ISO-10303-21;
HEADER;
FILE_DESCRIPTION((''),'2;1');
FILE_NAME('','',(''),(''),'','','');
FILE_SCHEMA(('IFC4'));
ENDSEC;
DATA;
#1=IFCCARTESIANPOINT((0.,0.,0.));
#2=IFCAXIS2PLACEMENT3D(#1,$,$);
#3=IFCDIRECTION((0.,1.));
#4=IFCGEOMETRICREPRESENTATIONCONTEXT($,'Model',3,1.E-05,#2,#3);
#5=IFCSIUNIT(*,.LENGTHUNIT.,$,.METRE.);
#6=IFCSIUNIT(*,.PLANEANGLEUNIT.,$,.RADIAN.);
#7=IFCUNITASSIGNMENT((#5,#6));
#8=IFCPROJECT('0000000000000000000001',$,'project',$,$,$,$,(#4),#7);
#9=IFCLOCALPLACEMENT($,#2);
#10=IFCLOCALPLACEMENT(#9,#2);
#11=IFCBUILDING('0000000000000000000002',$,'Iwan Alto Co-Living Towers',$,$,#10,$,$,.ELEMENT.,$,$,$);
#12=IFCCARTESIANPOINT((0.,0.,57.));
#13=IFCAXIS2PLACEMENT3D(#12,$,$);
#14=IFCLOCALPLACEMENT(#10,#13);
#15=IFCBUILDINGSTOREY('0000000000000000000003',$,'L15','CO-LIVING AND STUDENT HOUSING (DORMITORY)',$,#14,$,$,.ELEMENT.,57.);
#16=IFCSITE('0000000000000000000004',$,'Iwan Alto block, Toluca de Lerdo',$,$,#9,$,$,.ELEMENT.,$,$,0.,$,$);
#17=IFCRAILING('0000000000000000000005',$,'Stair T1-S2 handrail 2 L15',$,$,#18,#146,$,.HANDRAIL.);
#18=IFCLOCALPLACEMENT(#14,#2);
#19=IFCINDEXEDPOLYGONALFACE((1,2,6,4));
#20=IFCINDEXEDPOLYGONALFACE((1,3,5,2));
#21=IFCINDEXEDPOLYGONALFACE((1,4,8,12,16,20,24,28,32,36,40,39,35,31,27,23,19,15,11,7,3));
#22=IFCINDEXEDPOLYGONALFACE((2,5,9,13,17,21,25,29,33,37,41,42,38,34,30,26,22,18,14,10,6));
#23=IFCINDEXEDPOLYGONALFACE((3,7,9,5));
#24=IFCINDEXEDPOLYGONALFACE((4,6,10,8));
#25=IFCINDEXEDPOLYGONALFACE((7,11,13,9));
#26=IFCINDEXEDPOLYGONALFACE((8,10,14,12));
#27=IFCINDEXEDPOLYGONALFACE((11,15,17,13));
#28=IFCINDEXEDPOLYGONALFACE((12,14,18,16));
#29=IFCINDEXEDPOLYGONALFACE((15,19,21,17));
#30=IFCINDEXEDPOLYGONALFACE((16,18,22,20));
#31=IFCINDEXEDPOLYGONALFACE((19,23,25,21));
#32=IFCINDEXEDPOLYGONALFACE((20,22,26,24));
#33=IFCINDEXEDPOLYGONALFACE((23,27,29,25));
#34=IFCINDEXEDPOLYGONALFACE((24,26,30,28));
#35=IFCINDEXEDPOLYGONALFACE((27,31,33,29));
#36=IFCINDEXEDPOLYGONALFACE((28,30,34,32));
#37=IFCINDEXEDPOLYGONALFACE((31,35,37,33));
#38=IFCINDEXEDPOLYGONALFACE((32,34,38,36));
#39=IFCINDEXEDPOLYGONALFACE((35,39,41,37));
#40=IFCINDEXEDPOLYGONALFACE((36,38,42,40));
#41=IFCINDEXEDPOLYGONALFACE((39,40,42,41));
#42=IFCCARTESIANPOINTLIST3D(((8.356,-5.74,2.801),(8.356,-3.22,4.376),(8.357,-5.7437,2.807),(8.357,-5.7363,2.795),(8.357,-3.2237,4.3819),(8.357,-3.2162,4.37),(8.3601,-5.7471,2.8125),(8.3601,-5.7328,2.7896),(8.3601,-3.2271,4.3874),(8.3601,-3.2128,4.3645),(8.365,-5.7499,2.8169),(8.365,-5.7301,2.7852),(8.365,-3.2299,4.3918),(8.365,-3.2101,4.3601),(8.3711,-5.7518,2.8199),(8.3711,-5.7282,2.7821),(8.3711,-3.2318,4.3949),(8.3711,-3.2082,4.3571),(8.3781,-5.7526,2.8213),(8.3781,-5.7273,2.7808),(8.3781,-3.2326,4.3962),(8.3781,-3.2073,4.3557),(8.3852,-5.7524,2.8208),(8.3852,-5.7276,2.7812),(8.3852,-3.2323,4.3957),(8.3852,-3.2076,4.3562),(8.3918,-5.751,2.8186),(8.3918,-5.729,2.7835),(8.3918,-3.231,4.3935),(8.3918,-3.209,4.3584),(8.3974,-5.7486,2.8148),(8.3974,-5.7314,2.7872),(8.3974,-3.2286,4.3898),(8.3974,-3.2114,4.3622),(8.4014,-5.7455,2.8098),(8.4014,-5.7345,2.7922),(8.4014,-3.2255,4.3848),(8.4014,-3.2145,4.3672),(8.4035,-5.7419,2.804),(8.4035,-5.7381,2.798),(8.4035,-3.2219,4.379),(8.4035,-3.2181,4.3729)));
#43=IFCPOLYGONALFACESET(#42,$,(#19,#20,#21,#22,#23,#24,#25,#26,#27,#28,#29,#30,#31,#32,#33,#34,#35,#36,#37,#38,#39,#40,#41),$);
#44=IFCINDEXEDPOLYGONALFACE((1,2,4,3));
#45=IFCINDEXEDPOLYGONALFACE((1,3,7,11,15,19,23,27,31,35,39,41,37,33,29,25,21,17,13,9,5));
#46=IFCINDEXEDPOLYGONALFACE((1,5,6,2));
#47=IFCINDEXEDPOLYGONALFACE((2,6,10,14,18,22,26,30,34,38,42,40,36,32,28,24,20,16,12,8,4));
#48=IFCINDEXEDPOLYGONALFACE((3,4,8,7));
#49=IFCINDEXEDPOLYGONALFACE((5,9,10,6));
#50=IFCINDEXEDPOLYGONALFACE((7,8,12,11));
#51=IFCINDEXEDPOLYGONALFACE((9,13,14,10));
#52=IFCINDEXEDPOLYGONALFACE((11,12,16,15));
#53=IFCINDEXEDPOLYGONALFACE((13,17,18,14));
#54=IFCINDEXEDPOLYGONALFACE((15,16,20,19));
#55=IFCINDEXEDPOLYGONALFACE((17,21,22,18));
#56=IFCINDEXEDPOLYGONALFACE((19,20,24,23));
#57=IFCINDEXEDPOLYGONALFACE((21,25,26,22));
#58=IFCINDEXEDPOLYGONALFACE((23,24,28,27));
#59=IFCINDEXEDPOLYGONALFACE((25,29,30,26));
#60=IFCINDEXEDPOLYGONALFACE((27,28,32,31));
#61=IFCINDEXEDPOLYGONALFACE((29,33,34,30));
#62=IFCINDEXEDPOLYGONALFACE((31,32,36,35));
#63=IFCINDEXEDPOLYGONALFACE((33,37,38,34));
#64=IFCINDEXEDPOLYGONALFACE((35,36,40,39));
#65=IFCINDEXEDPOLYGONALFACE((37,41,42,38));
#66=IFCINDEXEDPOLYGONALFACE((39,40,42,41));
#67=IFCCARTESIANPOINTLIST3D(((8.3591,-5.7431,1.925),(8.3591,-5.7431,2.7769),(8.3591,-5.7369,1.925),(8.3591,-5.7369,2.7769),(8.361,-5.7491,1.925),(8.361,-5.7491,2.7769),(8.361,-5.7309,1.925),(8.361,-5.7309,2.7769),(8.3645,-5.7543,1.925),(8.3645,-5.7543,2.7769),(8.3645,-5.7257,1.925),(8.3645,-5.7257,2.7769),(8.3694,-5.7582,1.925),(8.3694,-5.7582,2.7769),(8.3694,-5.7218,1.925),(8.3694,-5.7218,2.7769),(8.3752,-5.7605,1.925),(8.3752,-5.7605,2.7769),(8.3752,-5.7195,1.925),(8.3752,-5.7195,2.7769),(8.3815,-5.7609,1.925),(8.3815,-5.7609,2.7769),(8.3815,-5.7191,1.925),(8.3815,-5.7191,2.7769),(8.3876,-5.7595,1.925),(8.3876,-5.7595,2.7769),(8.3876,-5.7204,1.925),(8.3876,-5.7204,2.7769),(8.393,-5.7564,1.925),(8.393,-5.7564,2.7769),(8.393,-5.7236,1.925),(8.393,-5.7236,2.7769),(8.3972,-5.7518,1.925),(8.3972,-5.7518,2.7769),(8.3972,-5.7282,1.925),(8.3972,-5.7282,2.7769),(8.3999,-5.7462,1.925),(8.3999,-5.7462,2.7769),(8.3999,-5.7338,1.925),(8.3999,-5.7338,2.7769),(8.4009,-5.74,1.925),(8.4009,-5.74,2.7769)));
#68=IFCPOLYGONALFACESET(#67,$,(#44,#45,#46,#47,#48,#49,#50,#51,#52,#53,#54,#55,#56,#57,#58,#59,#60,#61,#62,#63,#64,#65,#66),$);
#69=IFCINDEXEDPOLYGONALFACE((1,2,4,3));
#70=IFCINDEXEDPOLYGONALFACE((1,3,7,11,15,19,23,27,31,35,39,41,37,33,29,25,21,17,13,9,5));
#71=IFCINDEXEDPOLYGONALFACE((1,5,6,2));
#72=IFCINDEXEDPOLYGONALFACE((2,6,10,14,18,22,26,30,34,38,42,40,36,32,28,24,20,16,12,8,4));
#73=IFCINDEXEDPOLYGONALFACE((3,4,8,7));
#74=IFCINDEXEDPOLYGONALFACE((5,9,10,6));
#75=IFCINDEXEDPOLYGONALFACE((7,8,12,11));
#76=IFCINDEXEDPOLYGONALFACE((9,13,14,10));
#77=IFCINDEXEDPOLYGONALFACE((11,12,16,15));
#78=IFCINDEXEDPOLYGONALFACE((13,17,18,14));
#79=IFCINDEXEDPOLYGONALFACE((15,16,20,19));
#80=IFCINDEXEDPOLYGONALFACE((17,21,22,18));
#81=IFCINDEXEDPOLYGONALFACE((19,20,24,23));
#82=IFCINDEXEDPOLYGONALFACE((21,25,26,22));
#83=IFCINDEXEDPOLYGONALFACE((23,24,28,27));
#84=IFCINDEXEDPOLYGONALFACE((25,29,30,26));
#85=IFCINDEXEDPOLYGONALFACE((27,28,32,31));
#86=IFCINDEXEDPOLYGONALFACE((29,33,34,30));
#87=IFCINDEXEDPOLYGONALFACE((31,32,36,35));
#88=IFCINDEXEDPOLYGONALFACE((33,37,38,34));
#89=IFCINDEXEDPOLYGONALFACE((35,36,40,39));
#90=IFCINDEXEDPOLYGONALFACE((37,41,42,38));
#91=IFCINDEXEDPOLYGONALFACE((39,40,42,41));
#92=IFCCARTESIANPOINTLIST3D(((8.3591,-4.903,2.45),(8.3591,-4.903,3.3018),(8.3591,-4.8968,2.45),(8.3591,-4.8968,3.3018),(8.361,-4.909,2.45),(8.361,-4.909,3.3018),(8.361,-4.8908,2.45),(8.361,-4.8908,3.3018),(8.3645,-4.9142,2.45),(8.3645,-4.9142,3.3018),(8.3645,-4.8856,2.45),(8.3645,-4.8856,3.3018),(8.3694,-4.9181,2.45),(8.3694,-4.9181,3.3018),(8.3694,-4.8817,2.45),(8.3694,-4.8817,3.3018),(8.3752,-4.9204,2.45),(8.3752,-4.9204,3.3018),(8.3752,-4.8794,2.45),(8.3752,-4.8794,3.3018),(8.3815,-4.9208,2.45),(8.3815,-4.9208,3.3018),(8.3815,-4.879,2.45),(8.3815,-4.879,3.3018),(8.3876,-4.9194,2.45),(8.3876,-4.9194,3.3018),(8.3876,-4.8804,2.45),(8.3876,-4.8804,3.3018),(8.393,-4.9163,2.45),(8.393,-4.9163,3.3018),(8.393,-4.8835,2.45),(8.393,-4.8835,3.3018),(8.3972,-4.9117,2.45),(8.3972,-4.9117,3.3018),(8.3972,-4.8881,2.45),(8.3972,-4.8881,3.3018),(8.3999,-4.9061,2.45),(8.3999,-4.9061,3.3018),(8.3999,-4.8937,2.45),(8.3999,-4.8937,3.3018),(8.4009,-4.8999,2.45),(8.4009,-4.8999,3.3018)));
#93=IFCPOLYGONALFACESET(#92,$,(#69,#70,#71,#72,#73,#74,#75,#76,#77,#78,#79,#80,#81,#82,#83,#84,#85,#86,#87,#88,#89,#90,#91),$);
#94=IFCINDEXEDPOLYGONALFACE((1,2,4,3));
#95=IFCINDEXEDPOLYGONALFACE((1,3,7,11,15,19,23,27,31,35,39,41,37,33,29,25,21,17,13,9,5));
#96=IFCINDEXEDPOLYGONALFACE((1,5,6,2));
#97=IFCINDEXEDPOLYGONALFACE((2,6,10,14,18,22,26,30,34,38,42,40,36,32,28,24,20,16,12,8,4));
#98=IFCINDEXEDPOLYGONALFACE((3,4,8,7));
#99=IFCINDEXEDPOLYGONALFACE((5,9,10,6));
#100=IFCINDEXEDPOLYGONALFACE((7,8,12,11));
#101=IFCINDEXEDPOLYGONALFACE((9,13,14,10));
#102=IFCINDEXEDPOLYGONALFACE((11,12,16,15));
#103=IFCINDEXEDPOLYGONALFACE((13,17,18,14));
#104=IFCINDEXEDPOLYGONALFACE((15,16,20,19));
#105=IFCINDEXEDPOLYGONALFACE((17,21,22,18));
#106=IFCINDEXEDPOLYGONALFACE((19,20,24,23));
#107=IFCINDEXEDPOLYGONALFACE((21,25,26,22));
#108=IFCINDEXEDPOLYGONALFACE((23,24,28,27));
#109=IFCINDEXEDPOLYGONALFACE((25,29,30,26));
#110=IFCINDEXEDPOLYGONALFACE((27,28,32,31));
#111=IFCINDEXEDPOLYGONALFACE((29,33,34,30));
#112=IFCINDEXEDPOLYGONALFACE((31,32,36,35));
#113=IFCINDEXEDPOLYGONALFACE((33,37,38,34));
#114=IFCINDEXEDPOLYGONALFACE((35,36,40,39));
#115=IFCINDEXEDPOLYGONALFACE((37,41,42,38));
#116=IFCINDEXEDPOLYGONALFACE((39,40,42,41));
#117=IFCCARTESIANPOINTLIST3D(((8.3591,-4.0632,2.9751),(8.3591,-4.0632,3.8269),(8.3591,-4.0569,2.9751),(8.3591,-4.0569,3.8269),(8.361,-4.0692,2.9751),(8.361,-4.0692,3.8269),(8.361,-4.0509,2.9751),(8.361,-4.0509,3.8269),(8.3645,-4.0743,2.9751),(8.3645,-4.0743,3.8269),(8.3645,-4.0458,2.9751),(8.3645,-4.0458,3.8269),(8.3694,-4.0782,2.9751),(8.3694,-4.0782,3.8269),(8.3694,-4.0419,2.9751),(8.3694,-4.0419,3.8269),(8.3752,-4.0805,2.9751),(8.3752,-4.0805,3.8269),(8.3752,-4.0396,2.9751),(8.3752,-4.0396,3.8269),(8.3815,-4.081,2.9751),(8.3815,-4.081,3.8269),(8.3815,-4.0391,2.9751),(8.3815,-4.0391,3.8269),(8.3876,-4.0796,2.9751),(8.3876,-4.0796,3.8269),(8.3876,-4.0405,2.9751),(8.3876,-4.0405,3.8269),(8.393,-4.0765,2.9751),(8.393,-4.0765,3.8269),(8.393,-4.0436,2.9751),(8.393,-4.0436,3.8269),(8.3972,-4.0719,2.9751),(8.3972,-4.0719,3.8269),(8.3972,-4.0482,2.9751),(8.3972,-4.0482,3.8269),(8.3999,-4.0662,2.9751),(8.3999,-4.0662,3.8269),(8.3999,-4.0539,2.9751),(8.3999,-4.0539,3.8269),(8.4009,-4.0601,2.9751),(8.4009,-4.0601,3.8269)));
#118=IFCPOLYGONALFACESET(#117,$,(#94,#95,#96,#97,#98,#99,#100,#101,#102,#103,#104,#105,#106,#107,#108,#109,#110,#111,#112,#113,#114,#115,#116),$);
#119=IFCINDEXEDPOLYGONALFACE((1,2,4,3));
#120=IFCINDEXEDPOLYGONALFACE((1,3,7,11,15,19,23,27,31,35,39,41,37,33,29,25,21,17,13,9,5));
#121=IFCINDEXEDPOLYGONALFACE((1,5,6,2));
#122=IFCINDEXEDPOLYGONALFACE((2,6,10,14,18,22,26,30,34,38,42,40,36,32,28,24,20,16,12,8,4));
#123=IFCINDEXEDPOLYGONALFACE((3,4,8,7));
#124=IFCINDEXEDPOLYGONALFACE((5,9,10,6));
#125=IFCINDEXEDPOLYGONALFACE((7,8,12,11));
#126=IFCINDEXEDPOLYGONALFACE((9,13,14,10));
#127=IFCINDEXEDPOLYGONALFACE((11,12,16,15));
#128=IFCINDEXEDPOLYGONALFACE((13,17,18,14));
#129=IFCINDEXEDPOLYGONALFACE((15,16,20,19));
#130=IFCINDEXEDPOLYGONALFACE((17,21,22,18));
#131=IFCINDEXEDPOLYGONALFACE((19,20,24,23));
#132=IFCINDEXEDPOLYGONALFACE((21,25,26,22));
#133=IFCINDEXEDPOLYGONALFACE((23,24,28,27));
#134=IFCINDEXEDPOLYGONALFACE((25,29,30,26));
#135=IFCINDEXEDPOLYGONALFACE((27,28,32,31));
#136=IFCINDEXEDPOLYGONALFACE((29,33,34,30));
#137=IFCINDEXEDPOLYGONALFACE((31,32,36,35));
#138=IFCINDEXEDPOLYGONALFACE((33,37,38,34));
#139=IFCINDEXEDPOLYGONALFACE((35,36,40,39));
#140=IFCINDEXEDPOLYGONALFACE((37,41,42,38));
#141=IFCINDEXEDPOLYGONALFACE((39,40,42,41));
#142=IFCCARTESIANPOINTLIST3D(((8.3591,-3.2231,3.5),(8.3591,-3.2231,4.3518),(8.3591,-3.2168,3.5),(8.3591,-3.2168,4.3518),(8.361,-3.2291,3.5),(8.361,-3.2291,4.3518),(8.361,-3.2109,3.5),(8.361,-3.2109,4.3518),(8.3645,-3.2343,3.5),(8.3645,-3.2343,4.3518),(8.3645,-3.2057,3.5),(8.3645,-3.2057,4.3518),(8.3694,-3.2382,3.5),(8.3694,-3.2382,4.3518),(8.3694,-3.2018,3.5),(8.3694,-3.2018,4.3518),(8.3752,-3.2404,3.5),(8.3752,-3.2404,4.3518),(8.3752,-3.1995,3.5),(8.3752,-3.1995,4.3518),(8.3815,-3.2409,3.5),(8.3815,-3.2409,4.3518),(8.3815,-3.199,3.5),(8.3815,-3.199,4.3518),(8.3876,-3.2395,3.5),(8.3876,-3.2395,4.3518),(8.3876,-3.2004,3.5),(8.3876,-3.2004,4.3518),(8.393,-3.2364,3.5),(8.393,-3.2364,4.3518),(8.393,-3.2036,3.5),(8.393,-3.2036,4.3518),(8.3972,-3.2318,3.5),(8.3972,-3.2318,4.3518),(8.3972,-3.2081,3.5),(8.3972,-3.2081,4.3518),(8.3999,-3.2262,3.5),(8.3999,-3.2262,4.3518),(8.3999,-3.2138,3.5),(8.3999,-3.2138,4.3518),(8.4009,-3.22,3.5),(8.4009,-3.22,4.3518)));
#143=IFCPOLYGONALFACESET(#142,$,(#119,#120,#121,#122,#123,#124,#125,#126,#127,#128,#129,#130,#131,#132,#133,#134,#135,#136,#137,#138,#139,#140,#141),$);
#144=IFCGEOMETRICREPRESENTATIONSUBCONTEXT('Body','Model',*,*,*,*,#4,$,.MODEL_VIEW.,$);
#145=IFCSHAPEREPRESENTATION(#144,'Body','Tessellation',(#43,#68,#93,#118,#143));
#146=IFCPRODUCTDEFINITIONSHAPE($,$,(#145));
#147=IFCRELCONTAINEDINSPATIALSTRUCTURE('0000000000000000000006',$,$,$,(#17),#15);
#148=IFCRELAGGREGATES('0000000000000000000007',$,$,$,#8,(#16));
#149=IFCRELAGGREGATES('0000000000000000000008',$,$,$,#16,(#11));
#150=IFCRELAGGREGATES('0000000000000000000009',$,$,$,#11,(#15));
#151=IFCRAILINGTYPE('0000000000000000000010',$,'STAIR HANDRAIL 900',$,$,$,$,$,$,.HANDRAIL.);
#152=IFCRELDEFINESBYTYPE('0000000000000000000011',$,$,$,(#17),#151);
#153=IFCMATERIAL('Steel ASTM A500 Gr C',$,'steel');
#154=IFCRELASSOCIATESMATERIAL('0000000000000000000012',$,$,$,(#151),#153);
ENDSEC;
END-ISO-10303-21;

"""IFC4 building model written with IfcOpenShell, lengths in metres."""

from ifc_helpers import new_model, si_unit, direction, frame, origin, origin_2d, place, context, subcontext, project, spatial, circle, extrude, material, type_object, element, save


model = new_model("IFC4")

# Units and contexts
model_context = context("Model", 3, precision=1e-05, world=origin(), true_north=direction((0.0, 1.0)))
body_context = subcontext(model_context, "Body", "Model", "MODEL_VIEW")
ifc_project = project(units=[si_unit("LENGTHUNIT", "METRE"), si_unit("PLANEANGLEUNIT", "RADIAN")], contexts=[model_context])

# Site, building, storey
site_placement = place(None, origin())
site = spatial("IfcSite", under=ifc_project, at=site_placement, Name="Iwan Alto block, Toluca de Lerdo", CompositionType="ELEMENT", RefElevation=0.0)
building_placement = place(site_placement, origin())
building = spatial("IfcBuilding", under=site, at=building_placement, Name="Iwan Alto Co-Living Towers", CompositionType="ELEMENT")
storey_placement = place(building_placement, frame((0.0, 0.0, 57.0)))
storey = spatial("IfcBuildingStorey", under=building, at=storey_placement, Name="L15", Description="CO-LIVING AND STUDENT HOUSING (DORMITORY)", CompositionType="ELEMENT", Elevation=57.0)

# Railing
ifc_material_1 = material(Name="Steel ASTM A500 Gr C", Category="steel")
railing_type_1 = type_object("IfcRailingType", Name="STAIR HANDRAIL 900", PredefinedType="HANDRAIL", material=ifc_material_1)
railing_1_placement = place(storey_placement, frame((8.3799, -5.74, 1.925)))
element("IfcRailing", 1, at=railing_1_placement, inside=storey, type_object=railing_type_1, Name="Stair T1-S2 handrail 2 L15", PredefinedType="HANDRAIL", context=body_context, shape_type="SweptSolid", body=[
    extrude(circle(Radius=0.0239, at=origin_2d()), frame((0.0, 0.0, 0.876), z_axis=(0.0, 0.848008, 0.529984), x_axis=(-1.0, 0.0, 0.0)), (0.0, 0.0, 1.0), 2.9717),
    extrude(circle(Radius=0.021, at=origin_2d()), origin(), (0.0, 0.0, 1.0), 0.8518),
    extrude(circle(Radius=0.021, at=origin_2d()), frame((0.0, 0.8401, 0.5249)), (0.0, 0.0, 1.0), 0.8518),
    extrude(circle(Radius=0.021, at=origin_2d()), frame((0.0, 1.6799, 1.05)), (0.0, 0.0, 1.0), 0.8518),
    extrude(circle(Radius=0.021, at=origin_2d()), frame((0.0, 2.52, 1.575)), (0.0, 0.0, 1.0), 0.8518),
])

save(model, "model.ifc")
